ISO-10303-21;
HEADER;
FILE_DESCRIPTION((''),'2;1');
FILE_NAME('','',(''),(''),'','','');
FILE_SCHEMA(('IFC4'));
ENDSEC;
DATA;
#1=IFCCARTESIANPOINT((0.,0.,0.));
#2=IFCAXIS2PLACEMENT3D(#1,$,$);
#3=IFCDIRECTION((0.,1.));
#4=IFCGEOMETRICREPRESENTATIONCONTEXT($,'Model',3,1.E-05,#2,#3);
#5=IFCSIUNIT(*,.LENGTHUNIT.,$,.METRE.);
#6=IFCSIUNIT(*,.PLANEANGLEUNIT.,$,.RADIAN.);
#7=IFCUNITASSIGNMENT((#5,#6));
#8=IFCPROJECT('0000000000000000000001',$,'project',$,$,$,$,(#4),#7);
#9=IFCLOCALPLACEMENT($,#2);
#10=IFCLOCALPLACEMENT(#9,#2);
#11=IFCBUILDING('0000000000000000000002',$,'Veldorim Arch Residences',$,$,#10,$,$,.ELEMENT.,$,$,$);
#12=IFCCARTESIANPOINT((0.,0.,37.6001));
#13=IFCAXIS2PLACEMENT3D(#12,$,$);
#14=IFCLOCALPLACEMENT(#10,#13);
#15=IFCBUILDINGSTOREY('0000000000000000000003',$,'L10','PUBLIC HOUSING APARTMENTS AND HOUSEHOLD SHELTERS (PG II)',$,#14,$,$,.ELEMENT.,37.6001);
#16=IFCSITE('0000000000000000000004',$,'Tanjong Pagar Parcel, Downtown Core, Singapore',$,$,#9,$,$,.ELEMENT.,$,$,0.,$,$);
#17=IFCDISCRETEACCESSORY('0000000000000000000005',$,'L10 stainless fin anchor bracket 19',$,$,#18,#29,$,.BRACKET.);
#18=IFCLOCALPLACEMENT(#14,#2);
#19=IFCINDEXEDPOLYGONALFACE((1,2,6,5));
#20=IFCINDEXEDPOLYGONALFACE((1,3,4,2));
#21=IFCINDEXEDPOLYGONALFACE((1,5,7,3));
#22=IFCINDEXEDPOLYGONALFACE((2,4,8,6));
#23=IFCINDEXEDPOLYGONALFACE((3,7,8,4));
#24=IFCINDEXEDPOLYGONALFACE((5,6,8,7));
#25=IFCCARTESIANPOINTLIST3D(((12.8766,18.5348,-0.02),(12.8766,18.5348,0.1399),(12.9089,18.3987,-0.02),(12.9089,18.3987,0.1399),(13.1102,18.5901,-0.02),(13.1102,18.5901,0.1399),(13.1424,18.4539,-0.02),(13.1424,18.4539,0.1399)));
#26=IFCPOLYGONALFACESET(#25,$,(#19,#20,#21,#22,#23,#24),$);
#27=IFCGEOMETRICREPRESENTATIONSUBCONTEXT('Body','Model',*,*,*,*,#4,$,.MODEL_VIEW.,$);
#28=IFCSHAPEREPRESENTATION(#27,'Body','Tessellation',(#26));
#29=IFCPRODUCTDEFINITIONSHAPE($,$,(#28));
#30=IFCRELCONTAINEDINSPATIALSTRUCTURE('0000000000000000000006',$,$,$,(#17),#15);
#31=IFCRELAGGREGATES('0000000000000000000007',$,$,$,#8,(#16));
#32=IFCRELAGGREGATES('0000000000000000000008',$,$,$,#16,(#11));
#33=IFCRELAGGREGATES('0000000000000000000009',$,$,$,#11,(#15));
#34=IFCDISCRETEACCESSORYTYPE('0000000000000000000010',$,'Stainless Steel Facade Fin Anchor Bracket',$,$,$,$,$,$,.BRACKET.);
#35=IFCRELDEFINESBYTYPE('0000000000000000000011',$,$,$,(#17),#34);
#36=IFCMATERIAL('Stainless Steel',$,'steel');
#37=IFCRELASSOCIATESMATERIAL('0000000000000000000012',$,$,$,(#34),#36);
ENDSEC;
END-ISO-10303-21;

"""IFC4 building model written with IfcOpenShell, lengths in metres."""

from ifc_helpers import new_model, si_unit, direction, frame, origin, origin_2d, place, context, subcontext, project, spatial, rectangle, extrude, material, type_object, element, save


model = new_model("IFC4")

# Units and contexts
model_context = context("Model", 3, precision=1e-05, world=origin(), true_north=direction((0.0, 1.0)))
body_context = subcontext(model_context, "Body", "Model", "MODEL_VIEW")
ifc_project = project(units=[si_unit("LENGTHUNIT", "METRE"), si_unit("PLANEANGLEUNIT", "RADIAN")], contexts=[model_context])

# Site, building, storey
site_placement = place(None, origin())
site = spatial("IfcSite", under=ifc_project, at=site_placement, Name="Tanjong Pagar Parcel, Downtown Core, Singapore", CompositionType="ELEMENT", RefElevation=0.0)
building_placement = place(site_placement, origin())
building = spatial("IfcBuilding", under=site, at=building_placement, Name="Veldorim Arch Residences", CompositionType="ELEMENT")
storey_placement = place(building_placement, frame((0.0, 0.0, 37.6001)))
storey = spatial("IfcBuildingStorey", under=building, at=storey_placement, Name="L10", Description="PUBLIC HOUSING APARTMENTS AND HOUSEHOLD SHELTERS (PG II)", CompositionType="ELEMENT", Elevation=37.6001)

# Discrete accessory
ifc_material_1 = material(Name="Stainless Steel", Category="steel")
discrete_accessory_type = type_object("IfcDiscreteAccessoryType", Name="Stainless Steel Facade Fin Anchor Bracket", PredefinedType="BRACKET", material=ifc_material_1)
discrete_accessory_placement = place(storey_placement, frame((13.0095, 18.4944, -0.02), z_axis=(0.0, 0.0, 1.0), x_axis=(-0.23022, 0.973139, 0.0)))
element("IfcDiscreteAccessory", 1, at=discrete_accessory_placement, inside=storey, type_object=discrete_accessory_type, Name="L10 stainless fin anchor bracket 19", PredefinedType="BRACKET", context=body_context, shape_type="SweptSolid", body=[
    extrude(rectangle(XDim=0.1399, YDim=0.24, at=origin_2d()), origin(), (0.0, 0.0, 1.0), 0.1599),
])

save(model, "model.ifc")
